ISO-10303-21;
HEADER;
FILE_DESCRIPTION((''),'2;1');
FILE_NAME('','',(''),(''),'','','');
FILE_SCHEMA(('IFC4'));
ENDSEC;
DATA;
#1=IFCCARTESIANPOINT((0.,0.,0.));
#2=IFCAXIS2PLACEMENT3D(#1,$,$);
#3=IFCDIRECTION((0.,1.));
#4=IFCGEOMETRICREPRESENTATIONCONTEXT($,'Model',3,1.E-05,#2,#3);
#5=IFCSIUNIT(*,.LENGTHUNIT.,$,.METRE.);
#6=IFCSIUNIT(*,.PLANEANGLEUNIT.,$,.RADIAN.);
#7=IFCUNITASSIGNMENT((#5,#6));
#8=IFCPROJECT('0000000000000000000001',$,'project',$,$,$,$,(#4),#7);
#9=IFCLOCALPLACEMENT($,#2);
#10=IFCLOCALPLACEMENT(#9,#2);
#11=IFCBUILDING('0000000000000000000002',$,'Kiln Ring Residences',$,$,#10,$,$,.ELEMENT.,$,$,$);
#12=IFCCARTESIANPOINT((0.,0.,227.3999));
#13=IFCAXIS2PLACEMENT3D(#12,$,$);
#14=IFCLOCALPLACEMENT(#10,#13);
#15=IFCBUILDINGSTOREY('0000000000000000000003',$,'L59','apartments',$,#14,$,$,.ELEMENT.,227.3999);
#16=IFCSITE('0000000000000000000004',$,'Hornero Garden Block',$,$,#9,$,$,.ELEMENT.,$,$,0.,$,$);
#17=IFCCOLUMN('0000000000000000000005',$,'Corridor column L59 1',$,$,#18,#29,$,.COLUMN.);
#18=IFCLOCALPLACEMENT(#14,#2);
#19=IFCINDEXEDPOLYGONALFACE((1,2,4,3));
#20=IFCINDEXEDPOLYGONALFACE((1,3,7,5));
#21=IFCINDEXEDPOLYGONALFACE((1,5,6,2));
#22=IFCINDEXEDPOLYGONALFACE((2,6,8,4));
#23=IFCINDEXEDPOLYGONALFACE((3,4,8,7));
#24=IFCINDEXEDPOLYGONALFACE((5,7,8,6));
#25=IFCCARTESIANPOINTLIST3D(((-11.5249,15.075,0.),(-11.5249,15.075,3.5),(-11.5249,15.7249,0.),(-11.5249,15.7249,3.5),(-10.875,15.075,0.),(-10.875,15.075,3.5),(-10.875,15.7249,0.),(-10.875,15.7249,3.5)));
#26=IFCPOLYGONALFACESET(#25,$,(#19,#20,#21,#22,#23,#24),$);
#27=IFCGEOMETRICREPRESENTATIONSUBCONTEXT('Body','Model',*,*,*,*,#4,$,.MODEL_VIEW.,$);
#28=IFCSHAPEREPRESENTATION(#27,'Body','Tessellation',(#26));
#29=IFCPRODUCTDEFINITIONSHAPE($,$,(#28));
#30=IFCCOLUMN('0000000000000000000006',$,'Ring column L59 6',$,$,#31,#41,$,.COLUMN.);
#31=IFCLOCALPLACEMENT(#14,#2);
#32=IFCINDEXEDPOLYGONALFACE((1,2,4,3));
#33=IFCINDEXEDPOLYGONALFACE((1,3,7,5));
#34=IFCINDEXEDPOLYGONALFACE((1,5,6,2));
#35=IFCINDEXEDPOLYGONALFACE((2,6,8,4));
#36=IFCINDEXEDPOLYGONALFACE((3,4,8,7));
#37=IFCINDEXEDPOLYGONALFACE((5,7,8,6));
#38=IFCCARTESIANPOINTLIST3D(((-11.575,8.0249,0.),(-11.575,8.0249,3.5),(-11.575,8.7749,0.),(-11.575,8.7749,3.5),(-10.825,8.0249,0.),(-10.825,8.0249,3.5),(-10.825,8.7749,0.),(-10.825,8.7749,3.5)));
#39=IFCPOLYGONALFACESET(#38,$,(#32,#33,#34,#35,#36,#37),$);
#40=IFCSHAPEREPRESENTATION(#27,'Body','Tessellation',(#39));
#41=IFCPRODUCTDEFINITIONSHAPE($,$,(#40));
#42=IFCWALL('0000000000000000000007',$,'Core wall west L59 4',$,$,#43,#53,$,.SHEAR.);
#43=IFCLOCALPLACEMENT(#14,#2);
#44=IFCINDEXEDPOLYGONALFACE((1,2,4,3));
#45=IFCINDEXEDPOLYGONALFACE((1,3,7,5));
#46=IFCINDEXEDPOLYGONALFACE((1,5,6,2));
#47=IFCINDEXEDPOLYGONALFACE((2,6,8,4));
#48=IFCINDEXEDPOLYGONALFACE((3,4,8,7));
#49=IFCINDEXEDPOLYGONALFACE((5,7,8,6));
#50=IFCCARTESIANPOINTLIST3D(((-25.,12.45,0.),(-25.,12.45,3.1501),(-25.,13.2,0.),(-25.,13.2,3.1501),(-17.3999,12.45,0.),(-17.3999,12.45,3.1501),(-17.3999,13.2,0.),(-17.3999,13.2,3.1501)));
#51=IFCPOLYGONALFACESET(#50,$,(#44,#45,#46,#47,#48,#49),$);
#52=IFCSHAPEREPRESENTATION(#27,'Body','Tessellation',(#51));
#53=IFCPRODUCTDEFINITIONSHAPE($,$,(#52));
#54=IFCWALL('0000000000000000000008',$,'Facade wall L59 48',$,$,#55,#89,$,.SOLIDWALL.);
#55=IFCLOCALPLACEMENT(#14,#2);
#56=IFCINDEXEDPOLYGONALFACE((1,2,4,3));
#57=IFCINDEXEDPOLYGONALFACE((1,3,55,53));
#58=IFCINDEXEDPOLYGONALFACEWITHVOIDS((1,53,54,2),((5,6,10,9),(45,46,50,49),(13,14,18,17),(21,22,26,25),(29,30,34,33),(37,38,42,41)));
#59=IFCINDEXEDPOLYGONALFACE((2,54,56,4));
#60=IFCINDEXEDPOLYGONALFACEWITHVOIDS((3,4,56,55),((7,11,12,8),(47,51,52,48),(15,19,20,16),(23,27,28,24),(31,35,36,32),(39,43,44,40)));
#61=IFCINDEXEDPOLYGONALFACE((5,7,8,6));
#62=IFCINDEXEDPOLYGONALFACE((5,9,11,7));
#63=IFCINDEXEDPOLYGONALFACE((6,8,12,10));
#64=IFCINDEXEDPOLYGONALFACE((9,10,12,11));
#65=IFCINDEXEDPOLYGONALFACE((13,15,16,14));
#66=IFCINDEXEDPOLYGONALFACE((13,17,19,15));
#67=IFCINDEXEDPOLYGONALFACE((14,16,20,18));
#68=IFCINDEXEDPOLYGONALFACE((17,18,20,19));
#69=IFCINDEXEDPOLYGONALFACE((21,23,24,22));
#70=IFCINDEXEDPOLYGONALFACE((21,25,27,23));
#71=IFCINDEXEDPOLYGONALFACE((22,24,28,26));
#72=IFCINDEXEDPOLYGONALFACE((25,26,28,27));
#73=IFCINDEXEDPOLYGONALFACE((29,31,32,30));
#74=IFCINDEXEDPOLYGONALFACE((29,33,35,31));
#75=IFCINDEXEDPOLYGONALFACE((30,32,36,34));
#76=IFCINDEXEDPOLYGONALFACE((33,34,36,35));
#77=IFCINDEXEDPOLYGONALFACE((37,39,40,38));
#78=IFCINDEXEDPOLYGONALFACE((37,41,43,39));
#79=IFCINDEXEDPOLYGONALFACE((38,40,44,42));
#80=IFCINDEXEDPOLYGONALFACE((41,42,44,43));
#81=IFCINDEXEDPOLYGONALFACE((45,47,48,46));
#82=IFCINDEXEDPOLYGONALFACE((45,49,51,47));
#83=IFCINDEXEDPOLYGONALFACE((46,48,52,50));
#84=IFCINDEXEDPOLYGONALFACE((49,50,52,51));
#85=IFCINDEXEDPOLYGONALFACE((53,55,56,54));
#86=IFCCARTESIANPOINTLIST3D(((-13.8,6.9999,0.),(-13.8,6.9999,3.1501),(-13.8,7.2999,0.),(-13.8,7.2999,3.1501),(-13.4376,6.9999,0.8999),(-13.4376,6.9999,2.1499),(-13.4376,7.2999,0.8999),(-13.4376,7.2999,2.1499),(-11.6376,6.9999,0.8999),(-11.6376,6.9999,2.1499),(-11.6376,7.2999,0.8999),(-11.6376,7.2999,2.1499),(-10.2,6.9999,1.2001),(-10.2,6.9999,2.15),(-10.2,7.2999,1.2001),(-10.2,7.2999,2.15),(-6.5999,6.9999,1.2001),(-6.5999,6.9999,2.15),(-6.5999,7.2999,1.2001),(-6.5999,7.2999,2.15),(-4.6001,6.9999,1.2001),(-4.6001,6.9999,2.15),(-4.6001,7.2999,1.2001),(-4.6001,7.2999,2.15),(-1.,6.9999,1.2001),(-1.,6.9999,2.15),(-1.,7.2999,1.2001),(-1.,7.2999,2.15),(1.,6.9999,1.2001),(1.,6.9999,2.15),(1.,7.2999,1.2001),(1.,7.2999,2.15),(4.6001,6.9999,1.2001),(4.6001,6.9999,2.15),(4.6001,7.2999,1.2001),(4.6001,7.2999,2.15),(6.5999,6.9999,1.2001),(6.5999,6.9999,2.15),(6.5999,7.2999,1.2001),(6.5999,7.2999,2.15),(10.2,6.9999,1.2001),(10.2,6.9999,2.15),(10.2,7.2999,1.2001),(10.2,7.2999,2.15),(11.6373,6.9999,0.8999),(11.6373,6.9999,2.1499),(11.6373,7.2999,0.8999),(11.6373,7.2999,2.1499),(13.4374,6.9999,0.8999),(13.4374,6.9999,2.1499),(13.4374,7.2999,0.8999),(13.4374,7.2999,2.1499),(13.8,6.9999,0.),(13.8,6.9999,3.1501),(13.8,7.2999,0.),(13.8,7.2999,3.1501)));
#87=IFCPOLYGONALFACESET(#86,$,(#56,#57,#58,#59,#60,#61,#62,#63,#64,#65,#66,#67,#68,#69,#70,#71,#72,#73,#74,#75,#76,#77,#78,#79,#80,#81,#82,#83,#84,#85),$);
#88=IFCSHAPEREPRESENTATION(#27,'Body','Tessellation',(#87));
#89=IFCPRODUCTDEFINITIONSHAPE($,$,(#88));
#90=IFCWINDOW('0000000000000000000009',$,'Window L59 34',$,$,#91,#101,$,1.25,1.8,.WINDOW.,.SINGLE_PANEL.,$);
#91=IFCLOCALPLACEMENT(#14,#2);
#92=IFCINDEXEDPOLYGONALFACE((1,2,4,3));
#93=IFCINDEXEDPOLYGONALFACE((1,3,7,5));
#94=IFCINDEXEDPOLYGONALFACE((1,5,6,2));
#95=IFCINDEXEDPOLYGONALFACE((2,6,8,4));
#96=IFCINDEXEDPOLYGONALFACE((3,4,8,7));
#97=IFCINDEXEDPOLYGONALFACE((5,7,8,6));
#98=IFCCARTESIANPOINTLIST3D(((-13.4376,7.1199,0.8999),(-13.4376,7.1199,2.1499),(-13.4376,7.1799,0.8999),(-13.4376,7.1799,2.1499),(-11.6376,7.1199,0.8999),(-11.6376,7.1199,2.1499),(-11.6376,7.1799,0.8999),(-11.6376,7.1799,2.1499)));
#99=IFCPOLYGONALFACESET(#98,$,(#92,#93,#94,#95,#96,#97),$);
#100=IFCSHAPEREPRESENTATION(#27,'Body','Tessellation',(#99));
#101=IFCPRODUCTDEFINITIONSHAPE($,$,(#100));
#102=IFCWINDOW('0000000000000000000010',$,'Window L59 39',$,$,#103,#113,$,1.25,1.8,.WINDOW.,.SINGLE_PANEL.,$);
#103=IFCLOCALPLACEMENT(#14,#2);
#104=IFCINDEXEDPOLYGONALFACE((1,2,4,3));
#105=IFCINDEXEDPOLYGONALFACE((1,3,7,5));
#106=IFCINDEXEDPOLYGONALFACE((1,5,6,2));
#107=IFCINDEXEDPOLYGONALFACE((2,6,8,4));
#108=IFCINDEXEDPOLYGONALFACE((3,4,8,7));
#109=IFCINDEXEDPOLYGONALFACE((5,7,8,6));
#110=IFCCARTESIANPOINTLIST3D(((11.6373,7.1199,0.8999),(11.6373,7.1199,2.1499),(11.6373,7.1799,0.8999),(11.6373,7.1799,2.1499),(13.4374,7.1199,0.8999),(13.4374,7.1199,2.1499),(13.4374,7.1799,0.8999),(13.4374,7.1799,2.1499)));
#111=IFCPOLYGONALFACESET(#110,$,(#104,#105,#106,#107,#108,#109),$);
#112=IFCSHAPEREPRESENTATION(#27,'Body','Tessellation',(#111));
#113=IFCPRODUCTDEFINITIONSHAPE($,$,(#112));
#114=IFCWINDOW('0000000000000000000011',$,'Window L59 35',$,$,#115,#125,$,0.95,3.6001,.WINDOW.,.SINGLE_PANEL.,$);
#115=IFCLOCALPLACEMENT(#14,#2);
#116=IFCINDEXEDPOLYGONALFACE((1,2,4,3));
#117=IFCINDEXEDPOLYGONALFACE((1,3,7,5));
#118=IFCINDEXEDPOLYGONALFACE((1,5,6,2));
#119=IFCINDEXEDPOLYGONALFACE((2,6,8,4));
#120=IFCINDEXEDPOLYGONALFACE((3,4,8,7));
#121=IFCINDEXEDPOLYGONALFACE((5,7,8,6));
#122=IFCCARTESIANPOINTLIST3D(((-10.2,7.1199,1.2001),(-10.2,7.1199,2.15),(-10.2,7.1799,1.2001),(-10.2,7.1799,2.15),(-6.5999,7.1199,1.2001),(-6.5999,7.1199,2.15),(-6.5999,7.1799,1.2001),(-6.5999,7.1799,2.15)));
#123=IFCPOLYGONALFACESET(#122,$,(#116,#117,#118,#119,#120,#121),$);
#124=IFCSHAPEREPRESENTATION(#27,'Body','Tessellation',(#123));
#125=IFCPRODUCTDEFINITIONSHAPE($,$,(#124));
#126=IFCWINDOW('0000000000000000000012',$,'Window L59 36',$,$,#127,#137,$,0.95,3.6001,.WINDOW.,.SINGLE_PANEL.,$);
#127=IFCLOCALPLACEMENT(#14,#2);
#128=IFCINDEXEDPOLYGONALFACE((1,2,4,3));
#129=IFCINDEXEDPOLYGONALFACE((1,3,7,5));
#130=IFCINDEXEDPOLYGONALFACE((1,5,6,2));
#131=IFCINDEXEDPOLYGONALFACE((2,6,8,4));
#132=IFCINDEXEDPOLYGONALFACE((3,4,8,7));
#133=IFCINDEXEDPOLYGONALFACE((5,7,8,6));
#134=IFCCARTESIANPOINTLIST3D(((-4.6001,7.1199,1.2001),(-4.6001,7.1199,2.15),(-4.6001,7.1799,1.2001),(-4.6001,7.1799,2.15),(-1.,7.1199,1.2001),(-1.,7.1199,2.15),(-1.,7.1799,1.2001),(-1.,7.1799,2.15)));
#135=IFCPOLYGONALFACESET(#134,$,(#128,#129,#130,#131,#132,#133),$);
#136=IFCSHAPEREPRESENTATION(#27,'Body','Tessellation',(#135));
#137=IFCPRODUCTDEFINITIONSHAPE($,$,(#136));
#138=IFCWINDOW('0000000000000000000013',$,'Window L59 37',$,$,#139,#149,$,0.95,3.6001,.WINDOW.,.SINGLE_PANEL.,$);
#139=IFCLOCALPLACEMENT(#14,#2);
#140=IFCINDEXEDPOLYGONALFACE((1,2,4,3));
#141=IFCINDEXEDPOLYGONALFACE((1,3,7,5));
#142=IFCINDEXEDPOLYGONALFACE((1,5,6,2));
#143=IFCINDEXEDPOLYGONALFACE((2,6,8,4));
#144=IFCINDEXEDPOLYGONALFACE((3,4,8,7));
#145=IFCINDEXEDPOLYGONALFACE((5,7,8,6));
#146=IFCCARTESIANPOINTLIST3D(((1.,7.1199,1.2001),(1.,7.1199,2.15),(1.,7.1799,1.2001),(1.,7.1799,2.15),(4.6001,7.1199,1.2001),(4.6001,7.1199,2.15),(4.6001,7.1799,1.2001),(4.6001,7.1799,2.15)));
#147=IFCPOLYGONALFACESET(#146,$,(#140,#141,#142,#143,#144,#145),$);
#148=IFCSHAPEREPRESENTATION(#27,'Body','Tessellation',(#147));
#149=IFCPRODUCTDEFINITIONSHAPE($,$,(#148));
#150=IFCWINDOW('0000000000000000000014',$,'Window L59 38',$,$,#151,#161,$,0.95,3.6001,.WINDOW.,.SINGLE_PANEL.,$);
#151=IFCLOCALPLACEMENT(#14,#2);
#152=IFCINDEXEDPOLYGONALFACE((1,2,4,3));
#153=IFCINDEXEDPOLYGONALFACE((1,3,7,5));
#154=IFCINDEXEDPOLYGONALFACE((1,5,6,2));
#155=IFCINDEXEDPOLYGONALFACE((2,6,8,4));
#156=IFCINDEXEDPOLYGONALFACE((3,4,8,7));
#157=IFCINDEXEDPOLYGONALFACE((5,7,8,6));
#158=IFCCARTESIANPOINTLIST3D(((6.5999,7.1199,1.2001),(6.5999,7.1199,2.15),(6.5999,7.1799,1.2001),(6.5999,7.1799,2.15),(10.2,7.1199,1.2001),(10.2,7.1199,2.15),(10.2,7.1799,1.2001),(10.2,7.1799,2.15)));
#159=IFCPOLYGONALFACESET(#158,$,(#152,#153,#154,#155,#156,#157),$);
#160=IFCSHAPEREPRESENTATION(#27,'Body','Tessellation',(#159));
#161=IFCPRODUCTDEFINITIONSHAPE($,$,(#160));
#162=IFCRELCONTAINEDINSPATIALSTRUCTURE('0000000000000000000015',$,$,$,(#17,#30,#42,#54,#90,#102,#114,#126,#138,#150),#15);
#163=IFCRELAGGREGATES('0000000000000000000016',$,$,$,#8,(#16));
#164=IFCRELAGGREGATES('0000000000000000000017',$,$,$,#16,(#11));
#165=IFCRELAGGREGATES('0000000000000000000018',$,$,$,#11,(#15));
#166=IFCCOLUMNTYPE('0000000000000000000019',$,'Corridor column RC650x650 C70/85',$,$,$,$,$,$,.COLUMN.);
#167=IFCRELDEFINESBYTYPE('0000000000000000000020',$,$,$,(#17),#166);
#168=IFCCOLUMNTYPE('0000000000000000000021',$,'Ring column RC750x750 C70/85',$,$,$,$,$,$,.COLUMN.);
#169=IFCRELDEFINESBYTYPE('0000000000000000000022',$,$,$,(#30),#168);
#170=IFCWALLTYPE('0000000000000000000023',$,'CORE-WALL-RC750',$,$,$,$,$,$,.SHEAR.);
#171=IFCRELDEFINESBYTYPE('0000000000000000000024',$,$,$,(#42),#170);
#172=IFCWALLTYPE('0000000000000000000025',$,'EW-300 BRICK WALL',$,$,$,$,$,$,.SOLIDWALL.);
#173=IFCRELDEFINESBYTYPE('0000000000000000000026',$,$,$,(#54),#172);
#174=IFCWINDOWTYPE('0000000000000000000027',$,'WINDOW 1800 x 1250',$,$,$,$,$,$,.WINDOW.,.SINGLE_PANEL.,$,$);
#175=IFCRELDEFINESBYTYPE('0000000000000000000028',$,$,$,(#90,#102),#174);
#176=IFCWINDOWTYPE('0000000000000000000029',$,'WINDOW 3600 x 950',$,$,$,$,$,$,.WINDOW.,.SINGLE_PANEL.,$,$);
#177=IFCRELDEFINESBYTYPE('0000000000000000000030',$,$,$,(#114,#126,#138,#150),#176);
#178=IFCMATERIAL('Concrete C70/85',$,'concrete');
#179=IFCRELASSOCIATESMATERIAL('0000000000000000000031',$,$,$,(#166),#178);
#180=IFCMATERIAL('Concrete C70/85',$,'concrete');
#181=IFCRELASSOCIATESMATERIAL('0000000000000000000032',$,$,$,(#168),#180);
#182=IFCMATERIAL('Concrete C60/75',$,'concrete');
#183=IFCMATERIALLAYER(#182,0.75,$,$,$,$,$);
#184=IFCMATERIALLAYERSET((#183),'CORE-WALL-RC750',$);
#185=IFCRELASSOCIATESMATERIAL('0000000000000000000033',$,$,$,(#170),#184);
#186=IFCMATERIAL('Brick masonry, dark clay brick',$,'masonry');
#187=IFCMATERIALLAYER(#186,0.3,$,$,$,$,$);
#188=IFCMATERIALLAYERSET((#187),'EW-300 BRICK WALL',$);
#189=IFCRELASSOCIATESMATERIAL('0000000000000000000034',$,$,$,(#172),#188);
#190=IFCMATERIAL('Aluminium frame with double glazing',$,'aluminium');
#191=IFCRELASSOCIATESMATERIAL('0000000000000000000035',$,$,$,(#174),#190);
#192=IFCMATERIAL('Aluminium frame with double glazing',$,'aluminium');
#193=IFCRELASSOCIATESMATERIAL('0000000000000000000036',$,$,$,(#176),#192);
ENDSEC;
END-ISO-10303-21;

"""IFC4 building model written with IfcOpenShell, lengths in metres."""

from ifc_helpers import new_model, si_unit, direction, frame, frame_2d, origin, origin_2d, place, context, subcontext, project, spatial, rectangle, extrude, material, layer, layer_set, material_profile, profile_set, type_object, element, fill, save


model = new_model("IFC4")

# Units and contexts
model_context = context("Model", 3, precision=1e-05, world=origin(), true_north=direction((0.0, 1.0)))
body_context = subcontext(model_context, "Body", "Model", "MODEL_VIEW")
ifc_project = project(units=[si_unit("LENGTHUNIT", "METRE"), si_unit("PLANEANGLEUNIT", "RADIAN")], contexts=[model_context])

# Site, building, storey
site_placement = place(None, origin())
site = spatial("IfcSite", under=ifc_project, at=site_placement, Name="Hornero Garden Block", CompositionType="ELEMENT", RefElevation=0.0)
building_placement = place(site_placement, origin())
building = spatial("IfcBuilding", under=site, at=building_placement, Name="Kiln Ring Residences", CompositionType="ELEMENT")
storey_placement = place(building_placement, frame((0.0, 0.0, 227.3999)))
storey = spatial("IfcBuildingStorey", under=building, at=storey_placement, Name="L59", Description="apartments", CompositionType="ELEMENT", Elevation=227.3999)

# Columns
ifc_material_1 = material(Name="Concrete C70/85", Category="concrete")
ifc_material_profile_1 = material_profile(ifc_material_1, rectangle(XDim=0.6499, YDim=0.6499, at=origin_2d()), Name="RC650x650")
ifc_profile_set_1 = profile_set([ifc_material_profile_1], Name="Concrete C70/85")
column_type_1 = type_object("IfcColumnType", Name="Corridor column RC650x650 C70/85", PredefinedType="COLUMN", material=ifc_profile_set_1)
column_1_placement = place(storey_placement, frame((-11.2, 15.3999, 0.0), z_axis=(0.0, 0.0, 1.0), x_axis=(1.0, 0.0, 0.0)))
element("IfcColumn", 1, at=column_1_placement, inside=storey, type_object=column_type_1, Name="Corridor column L59 1", PredefinedType="COLUMN", context=body_context, shape_type="SweptSolid", body=[
    extrude(rectangle(XDim=0.6499, YDim=0.6499, at=origin_2d()), origin(), (0.0, 0.0, 1.0), 3.5),
])
ifc_material_2 = material(Name="Concrete C70/85", Category="concrete")
ifc_material_profile_2 = material_profile(ifc_material_2, rectangle(XDim=0.75, YDim=0.75, at=origin_2d()), Name="RC750x750")
ifc_profile_set_2 = profile_set([ifc_material_profile_2], Name="Concrete C70/85")
column_type_2 = type_object("IfcColumnType", Name="Ring column RC750x750 C70/85", PredefinedType="COLUMN", material=ifc_profile_set_2)
column_2_placement = place(storey_placement, frame((-11.2, 8.3999, 0.0), z_axis=(0.0, 0.0, 1.0), x_axis=(1.0, 0.0, 0.0)))
element("IfcColumn", 2, at=column_2_placement, inside=storey, type_object=column_type_2, Name="Ring column L59 6", PredefinedType="COLUMN", context=body_context, shape_type="SweptSolid", body=[
    extrude(rectangle(XDim=0.75, YDim=0.75, at=origin_2d()), origin(), (0.0, 0.0, 1.0), 3.5),
])

# Wall
ifc_material_3 = material(Name="Concrete C60/75", Category="concrete")
ifc_layer_1 = layer(ifc_material_3, 0.75)
ifc_layer_set_1 = layer_set([ifc_layer_1], Name="CORE-WALL-RC750")
wall_type_1 = type_object("IfcWallType", Name="CORE-WALL-RC750", PredefinedType="SHEAR", material=ifc_layer_set_1)
wall_1_placement = place(storey_placement, frame((-17.3999, 12.825, 0.0), z_axis=(0.0, 0.0, 1.0), x_axis=(-1.0, 0.0, 0.0)))
element("IfcWall", 3, at=wall_1_placement, inside=storey, type_object=wall_type_1, Name="Core wall west L59 4", PredefinedType="SHEAR", context=body_context, shape_type="SweptSolid", body=[
    extrude(rectangle(XDim=7.6001, YDim=0.75, at=frame_2d((3.8, 0.0))), origin(), (0.0, 0.0, 1.0), 3.1501),
])

# Wall, openings, windows
ifc_material_4 = material(Name="Brick masonry, dark clay brick", Category="masonry")
ifc_layer_2 = layer(ifc_material_4, 0.3)
ifc_layer_set_2 = layer_set([ifc_layer_2], Name="EW-300 BRICK WALL")
wall_type_2 = type_object("IfcWallType", Name="EW-300 BRICK WALL", PredefinedType="SOLIDWALL", material=ifc_layer_set_2)
wall_2_placement = place(storey_placement, frame((-13.8, 7.1499, 0.0), z_axis=(0.0, 0.0, 1.0), x_axis=(1.0, 0.0, 0.0)))
wall_2 = element("IfcWall", 4, at=wall_2_placement, inside=storey, type_object=wall_type_2, Name="Facade wall L59 48", PredefinedType="SOLIDWALL", context=body_context, shape_type="SweptSolid", body=[
    extrude(rectangle(XDim=27.6001, YDim=0.3, at=frame_2d((13.8, 0.0))), origin(), (0.0, 0.0, 1.0), 3.1501),
])
opening_1_placement = place(wall_2_placement, frame((0.3625, 0.0, 0.8999)))
opening_1 = element("IfcOpeningElement", 5, at=opening_1_placement, cuts=wall_2, PredefinedType="OPENING", context=body_context, shape_type="SweptSolid", body=[
    extrude(rectangle(XDim=1.8, YDim=1.25, at=frame_2d((0.8999, 0.625))), frame((0.0, 0.1599, 0.0), z_axis=(0.0, -1.0, 0.0), x_axis=(1.0, 0.0, 0.0)), (0.0, 0.0, 1.0), 0.3201),
])
opening_2_placement = place(wall_2_placement, frame((3.6001, 0.0, 1.2)))
opening_2 = element("IfcOpeningElement", 6, at=opening_2_placement, cuts=wall_2, PredefinedType="OPENING", context=body_context, shape_type="SweptSolid", body=[
    extrude(rectangle(XDim=3.6001, YDim=0.95, at=frame_2d((1.8, 0.4751))), frame((0.0, 0.1599, 0.0), z_axis=(0.0, -1.0, 0.0), x_axis=(1.0, 0.0, 0.0)), (0.0, 0.0, 1.0), 0.3201),
])
opening_3_placement = place(wall_2_placement, frame((9.2, 0.0, 1.2)))
opening_3 = element("IfcOpeningElement", 7, at=opening_3_placement, cuts=wall_2, PredefinedType="OPENING", context=body_context, shape_type="SweptSolid", body=[
    extrude(rectangle(XDim=3.6001, YDim=0.95, at=frame_2d((1.8, 0.4751))), frame((0.0, 0.1599, 0.0), z_axis=(0.0, -1.0, 0.0), x_axis=(1.0, 0.0, 0.0)), (0.0, 0.0, 1.0), 0.3201),
])
opening_4_placement = place(wall_2_placement, frame((14.8, 0.0, 1.2)))
opening_4 = element("IfcOpeningElement", 8, at=opening_4_placement, cuts=wall_2, PredefinedType="OPENING", context=body_context, shape_type="SweptSolid", body=[
    extrude(rectangle(XDim=3.6001, YDim=0.95, at=frame_2d((1.8, 0.4751))), frame((0.0, 0.1599, 0.0), z_axis=(0.0, -1.0, 0.0), x_axis=(1.0, 0.0, 0.0)), (0.0, 0.0, 1.0), 0.3201),
])
opening_5_placement = place(wall_2_placement, frame((20.3999, 0.0, 1.2)))
opening_5 = element("IfcOpeningElement", 9, at=opening_5_placement, cuts=wall_2, PredefinedType="OPENING", context=body_context, shape_type="SweptSolid", body=[
    extrude(rectangle(XDim=3.6001, YDim=0.95, at=frame_2d((1.8, 0.4751))), frame((0.0, 0.1599, 0.0), z_axis=(0.0, -1.0, 0.0), x_axis=(1.0, 0.0, 0.0)), (0.0, 0.0, 1.0), 0.3201),
])
opening_6_placement = place(wall_2_placement, frame((25.4375, 0.0, 0.8999)))
opening_6 = element("IfcOpeningElement", 10, at=opening_6_placement, cuts=wall_2, PredefinedType="OPENING", context=body_context, shape_type="SweptSolid", body=[
    extrude(rectangle(XDim=1.8, YDim=1.25, at=frame_2d((0.8999, 0.625))), frame((0.0, 0.1599, 0.0), z_axis=(0.0, -1.0, 0.0), x_axis=(1.0, 0.0, 0.0)), (0.0, 0.0, 1.0), 0.3201),
])
ifc_material_5 = material(Name="Aluminium frame with double glazing", Category="aluminium")
window_type_1 = type_object("IfcWindowType", Name="WINDOW 1800 x 1250", PartitioningType="SINGLE_PANEL", PredefinedType="WINDOW", material=ifc_material_5)
window_1_placement = place(opening_1_placement, origin())
window_1 = element("IfcWindow", 11, at=window_1_placement, inside=storey, type_object=window_type_1, Name="Window L59 34", OverallHeight=1.25, OverallWidth=1.8, PartitioningType="SINGLE_PANEL", PredefinedType="WINDOW", context=body_context, shape_type="SweptSolid", body=[
    extrude(rectangle(XDim=1.8, YDim=1.25, at=frame_2d((0.8999, 0.625))), frame((0.0, 0.03, 0.0), z_axis=(0.0, -1.0, 0.0), x_axis=(1.0, 0.0, 0.0)), (0.0, 0.0, 1.0), 0.0601),
])
fill(opening_1, window_1)
window_2_placement = place(opening_6_placement, origin())
window_2 = element("IfcWindow", 12, at=window_2_placement, inside=storey, type_object=window_type_1, Name="Window L59 39", OverallHeight=1.25, OverallWidth=1.8, PartitioningType="SINGLE_PANEL", PredefinedType="WINDOW", context=body_context, shape_type="SweptSolid", body=[
    extrude(rectangle(XDim=1.8, YDim=1.25, at=frame_2d((0.8999, 0.625))), frame((0.0, 0.03, 0.0), z_axis=(0.0, -1.0, 0.0), x_axis=(1.0, 0.0, 0.0)), (0.0, 0.0, 1.0), 0.0601),
])
fill(opening_6, window_2)
ifc_material_6 = material(Name="Aluminium frame with double glazing", Category="aluminium")
window_type_2 = type_object("IfcWindowType", Name="WINDOW 3600 x 950", PartitioningType="SINGLE_PANEL", PredefinedType="WINDOW", material=ifc_material_6)
window_3_placement = place(opening_2_placement, origin())
window_3 = element("IfcWindow", 13, at=window_3_placement, inside=storey, type_object=window_type_2, Name="Window L59 35", OverallHeight=0.95, OverallWidth=3.6001, PartitioningType="SINGLE_PANEL", PredefinedType="WINDOW", context=body_context, shape_type="SweptSolid", body=[
    extrude(rectangle(XDim=3.6001, YDim=0.95, at=frame_2d((1.8, 0.4751))), frame((0.0, 0.03, 0.0), z_axis=(0.0, -1.0, 0.0), x_axis=(1.0, 0.0, 0.0)), (0.0, 0.0, 1.0), 0.0601),
])
fill(opening_2, window_3)
window_4_placement = place(opening_3_placement, origin())
window_4 = element("IfcWindow", 14, at=window_4_placement, inside=storey, type_object=window_type_2, Name="Window L59 36", OverallHeight=0.95, OverallWidth=3.6001, PartitioningType="SINGLE_PANEL", PredefinedType="WINDOW", context=body_context, shape_type="SweptSolid", body=[
    extrude(rectangle(XDim=3.6001, YDim=0.95, at=frame_2d((1.8, 0.4751))), frame((0.0, 0.03, 0.0), z_axis=(0.0, -1.0, 0.0), x_axis=(1.0, 0.0, 0.0)), (0.0, 0.0, 1.0), 0.0601),
])
fill(opening_3, window_4)
window_5_placement = place(opening_4_placement, origin())
window_5 = element("IfcWindow", 15, at=window_5_placement, inside=storey, type_object=window_type_2, Name="Window L59 37", OverallHeight=0.95, OverallWidth=3.6001, PartitioningType="SINGLE_PANEL", PredefinedType="WINDOW", context=body_context, shape_type="SweptSolid", body=[
    extrude(rectangle(XDim=3.6001, YDim=0.95, at=frame_2d((1.8, 0.4751))), frame((0.0, 0.03, 0.0), z_axis=(0.0, -1.0, 0.0), x_axis=(1.0, 0.0, 0.0)), (0.0, 0.0, 1.0), 0.0601),
])
fill(opening_4, window_5)
window_6_placement = place(opening_5_placement, origin())
window_6 = element("IfcWindow", 16, at=window_6_placement, inside=storey, type_object=window_type_2, Name="Window L59 38", OverallHeight=0.95, OverallWidth=3.6001, PartitioningType="SINGLE_PANEL", PredefinedType="WINDOW", context=body_context, shape_type="SweptSolid", body=[
    extrude(rectangle(XDim=3.6001, YDim=0.95, at=frame_2d((1.8, 0.4751))), frame((0.0, 0.03, 0.0), z_axis=(0.0, -1.0, 0.0), x_axis=(1.0, 0.0, 0.0)), (0.0, 0.0, 1.0), 0.0601),
])
fill(opening_5, window_6)

save(model, "model.ifc")
